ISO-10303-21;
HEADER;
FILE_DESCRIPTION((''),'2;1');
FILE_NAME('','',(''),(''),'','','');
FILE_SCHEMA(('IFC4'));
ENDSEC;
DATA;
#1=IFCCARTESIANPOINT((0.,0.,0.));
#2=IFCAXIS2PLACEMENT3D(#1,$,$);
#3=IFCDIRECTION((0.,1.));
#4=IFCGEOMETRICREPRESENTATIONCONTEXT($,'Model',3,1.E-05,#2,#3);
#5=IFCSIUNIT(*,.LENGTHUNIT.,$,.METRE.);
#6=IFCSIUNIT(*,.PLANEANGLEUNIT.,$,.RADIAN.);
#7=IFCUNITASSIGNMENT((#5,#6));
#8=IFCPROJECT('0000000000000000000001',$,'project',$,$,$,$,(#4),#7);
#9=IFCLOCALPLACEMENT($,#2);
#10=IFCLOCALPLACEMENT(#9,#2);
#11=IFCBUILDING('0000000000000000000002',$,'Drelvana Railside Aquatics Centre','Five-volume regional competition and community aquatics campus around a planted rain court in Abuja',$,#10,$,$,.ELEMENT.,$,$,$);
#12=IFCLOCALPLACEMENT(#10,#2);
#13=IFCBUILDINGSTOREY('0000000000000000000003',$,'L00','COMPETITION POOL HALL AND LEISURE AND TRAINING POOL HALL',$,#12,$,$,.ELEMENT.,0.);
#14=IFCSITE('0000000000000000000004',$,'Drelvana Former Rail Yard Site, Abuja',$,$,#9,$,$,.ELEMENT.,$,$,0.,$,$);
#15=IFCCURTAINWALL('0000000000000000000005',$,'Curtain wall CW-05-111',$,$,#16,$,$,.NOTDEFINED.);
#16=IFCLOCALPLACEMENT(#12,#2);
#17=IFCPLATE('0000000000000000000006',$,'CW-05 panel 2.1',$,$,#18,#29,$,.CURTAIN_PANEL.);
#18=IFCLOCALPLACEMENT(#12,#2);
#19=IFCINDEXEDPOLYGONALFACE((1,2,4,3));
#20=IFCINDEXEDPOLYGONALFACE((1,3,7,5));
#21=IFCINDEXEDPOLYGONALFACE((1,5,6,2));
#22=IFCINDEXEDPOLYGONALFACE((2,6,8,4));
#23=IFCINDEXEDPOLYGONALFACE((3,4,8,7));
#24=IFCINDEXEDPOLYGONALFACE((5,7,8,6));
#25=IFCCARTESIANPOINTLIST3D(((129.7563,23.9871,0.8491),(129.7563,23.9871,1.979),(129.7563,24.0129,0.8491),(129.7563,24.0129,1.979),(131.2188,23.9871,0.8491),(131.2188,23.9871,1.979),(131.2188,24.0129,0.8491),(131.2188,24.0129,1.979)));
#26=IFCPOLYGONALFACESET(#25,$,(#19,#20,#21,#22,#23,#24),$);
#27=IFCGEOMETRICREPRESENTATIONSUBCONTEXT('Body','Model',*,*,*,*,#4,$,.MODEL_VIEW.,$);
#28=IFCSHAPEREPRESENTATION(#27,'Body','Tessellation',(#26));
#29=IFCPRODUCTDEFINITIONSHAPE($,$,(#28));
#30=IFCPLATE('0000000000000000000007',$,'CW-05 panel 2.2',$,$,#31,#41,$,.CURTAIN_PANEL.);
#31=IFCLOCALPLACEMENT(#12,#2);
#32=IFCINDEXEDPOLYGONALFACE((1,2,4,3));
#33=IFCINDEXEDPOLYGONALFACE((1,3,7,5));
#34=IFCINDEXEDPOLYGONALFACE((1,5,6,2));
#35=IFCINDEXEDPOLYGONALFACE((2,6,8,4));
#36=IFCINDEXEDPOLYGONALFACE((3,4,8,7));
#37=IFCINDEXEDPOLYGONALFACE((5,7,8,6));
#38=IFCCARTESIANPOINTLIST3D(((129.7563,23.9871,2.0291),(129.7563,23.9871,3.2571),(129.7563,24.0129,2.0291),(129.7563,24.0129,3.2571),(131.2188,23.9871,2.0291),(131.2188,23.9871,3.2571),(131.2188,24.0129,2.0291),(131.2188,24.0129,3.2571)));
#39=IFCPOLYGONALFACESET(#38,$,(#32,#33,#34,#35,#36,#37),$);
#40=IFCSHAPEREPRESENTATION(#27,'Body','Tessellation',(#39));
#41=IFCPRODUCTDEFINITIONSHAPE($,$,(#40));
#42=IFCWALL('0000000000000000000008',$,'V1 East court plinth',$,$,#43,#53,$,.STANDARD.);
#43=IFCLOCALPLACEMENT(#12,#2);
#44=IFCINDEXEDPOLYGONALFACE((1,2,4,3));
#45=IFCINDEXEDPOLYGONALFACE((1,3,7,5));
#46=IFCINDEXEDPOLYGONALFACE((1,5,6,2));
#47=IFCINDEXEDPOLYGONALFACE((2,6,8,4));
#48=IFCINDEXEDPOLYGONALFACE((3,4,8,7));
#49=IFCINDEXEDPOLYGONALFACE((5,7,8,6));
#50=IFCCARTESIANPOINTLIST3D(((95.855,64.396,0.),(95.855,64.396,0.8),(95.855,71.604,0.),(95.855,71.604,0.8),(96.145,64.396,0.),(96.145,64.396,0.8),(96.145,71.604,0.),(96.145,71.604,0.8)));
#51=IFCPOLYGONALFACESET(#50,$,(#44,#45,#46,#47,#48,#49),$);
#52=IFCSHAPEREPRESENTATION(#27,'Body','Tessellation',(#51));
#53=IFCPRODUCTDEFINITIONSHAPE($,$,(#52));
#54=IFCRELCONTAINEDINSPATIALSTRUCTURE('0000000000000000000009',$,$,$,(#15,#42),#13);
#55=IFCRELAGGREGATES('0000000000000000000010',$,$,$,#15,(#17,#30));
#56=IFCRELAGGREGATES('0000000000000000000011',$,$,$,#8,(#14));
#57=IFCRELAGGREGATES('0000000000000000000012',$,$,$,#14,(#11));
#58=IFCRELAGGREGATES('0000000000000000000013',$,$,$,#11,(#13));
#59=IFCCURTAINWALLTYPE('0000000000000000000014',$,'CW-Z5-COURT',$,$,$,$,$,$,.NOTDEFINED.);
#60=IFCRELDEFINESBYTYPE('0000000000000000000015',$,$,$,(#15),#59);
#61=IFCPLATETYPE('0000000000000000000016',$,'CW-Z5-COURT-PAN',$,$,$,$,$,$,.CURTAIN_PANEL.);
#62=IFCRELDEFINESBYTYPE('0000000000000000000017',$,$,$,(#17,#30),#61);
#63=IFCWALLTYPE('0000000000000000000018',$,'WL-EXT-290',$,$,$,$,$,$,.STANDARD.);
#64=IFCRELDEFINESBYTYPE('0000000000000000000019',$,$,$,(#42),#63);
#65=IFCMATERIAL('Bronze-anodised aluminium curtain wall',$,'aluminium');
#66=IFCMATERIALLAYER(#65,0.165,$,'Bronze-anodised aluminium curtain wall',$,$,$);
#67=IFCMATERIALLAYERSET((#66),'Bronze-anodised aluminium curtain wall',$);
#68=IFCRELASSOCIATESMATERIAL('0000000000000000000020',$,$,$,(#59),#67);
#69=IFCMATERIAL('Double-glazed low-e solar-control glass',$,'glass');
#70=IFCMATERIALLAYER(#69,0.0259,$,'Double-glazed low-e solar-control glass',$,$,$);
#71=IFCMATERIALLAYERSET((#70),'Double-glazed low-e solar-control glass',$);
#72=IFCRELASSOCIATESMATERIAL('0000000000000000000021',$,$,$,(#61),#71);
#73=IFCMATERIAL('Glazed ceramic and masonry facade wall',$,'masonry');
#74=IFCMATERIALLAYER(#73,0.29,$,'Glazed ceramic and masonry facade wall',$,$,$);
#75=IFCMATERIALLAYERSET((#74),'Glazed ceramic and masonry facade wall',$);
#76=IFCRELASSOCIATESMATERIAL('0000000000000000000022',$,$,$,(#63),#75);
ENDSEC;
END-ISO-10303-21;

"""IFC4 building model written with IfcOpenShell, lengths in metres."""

from ifc_helpers import new_model, si_unit, direction, frame, frame_2d, origin, origin_2d, place, context, subcontext, project, spatial, rectangle, extrude, material, layer, layer_set, type_object, element, aggregate, save


model = new_model("IFC4")

# Units and contexts
model_context = context("Model", 3, precision=1e-05, world=origin(), true_north=direction((0.0, 1.0)))
body_context = subcontext(model_context, "Body", "Model", "MODEL_VIEW")
ifc_project = project(units=[si_unit("LENGTHUNIT", "METRE"), si_unit("PLANEANGLEUNIT", "RADIAN")], contexts=[model_context])

# Site, building, storey
site_placement = place(None, origin())
site = spatial("IfcSite", under=ifc_project, at=site_placement, Name="Drelvana Former Rail Yard Site, Abuja", CompositionType="ELEMENT", RefElevation=0.0)
building_placement = place(site_placement, origin())
building = spatial("IfcBuilding", under=site, at=building_placement, Name="Drelvana Railside Aquatics Centre", Description="Five-volume regional competition and community aquatics campus around a planted rain court in Abuja", CompositionType="ELEMENT")
storey_placement = place(building_placement, origin())
storey = spatial("IfcBuildingStorey", under=building, at=storey_placement, Name="L00", Description="COMPETITION POOL HALL AND LEISURE AND TRAINING POOL HALL", CompositionType="ELEMENT", Elevation=0.0)

# Curtain wall
ifc_material_1 = material(Name="Bronze-anodised aluminium curtain wall", Category="aluminium")
ifc_layer_1 = layer(ifc_material_1, 0.165, Name="Bronze-anodised aluminium curtain wall")
ifc_layer_set_1 = layer_set([ifc_layer_1], Name="Bronze-anodised aluminium curtain wall")
curtain_wall_type = type_object("IfcCurtainWallType", Name="CW-Z5-COURT", PredefinedType="NOTDEFINED", material=ifc_layer_set_1)
curtain_wall_1_placement = place(storey_placement, origin())
curtain_wall_1 = element("IfcCurtainWall", 1, at=curtain_wall_1_placement, inside=storey, type_object=curtain_wall_type, Name="Curtain wall CW-05-111", PredefinedType="NOTDEFINED")

# Plates
ifc_material_2 = material(Name="Double-glazed low-e solar-control glass", Category="glass")
ifc_layer_2 = layer(ifc_material_2, 0.0259, Name="Double-glazed low-e solar-control glass")
ifc_layer_set_2 = layer_set([ifc_layer_2], Name="Double-glazed low-e solar-control glass")
plate_type = type_object("IfcPlateType", Name="CW-Z5-COURT-PAN", PredefinedType="CURTAIN_PANEL", material=ifc_layer_set_2)
plate_1_placement = place(storey_placement, frame((130.4875, 24.0, 0.8491), z_axis=(0.0, 0.0, 1.0), x_axis=(1.0, 0.0, 0.0)))
plate_1 = element("IfcPlate", 2, at=plate_1_placement, type_object=plate_type, Name="CW-05 panel 2.1", PredefinedType="CURTAIN_PANEL", context=body_context, shape_type="SweptSolid", body=[
    extrude(rectangle(XDim=1.4624, YDim=0.0259, at=origin_2d()), origin(), (0.0, 0.0, 1.0), 1.1299),
])
plate_2_placement = place(storey_placement, frame((130.4875, 24.0, 2.0291), z_axis=(0.0, 0.0, 1.0), x_axis=(1.0, 0.0, 0.0)))
plate_2 = element("IfcPlate", 3, at=plate_2_placement, type_object=plate_type, Name="CW-05 panel 2.2", PredefinedType="CURTAIN_PANEL", context=body_context, shape_type="SweptSolid", body=[
    extrude(rectangle(XDim=1.4624, YDim=0.0259, at=origin_2d()), origin(), (0.0, 0.0, 1.0), 1.228),
])
aggregate(curtain_wall_1, [plate_1, plate_2])

# Wall
ifc_material_3 = material(Name="Glazed ceramic and masonry facade wall", Category="masonry")
ifc_layer_3 = layer(ifc_material_3, 0.29, Name="Glazed ceramic and masonry facade wall")
ifc_layer_set_3 = layer_set([ifc_layer_3], Name="Glazed ceramic and masonry facade wall")
wall_type = type_object("IfcWallType", Name="WL-EXT-290", PredefinedType="STANDARD", material=ifc_layer_set_3)
wall_placement = place(storey_placement, frame((96.0, 64.396, 0.0), z_axis=(0.0, 0.0, 1.0), x_axis=(0.0, 1.0, 0.0)))
element("IfcWall", 4, at=wall_placement, inside=storey, type_object=wall_type, Name="V1 East court plinth", PredefinedType="STANDARD", context=body_context, shape_type="SweptSolid", body=[
    extrude(rectangle(XDim=7.208, YDim=0.29, at=frame_2d((3.604, 0.0))), origin(), (0.0, 0.0, 1.0), 0.8),
])

save(model, "model.ifc")
